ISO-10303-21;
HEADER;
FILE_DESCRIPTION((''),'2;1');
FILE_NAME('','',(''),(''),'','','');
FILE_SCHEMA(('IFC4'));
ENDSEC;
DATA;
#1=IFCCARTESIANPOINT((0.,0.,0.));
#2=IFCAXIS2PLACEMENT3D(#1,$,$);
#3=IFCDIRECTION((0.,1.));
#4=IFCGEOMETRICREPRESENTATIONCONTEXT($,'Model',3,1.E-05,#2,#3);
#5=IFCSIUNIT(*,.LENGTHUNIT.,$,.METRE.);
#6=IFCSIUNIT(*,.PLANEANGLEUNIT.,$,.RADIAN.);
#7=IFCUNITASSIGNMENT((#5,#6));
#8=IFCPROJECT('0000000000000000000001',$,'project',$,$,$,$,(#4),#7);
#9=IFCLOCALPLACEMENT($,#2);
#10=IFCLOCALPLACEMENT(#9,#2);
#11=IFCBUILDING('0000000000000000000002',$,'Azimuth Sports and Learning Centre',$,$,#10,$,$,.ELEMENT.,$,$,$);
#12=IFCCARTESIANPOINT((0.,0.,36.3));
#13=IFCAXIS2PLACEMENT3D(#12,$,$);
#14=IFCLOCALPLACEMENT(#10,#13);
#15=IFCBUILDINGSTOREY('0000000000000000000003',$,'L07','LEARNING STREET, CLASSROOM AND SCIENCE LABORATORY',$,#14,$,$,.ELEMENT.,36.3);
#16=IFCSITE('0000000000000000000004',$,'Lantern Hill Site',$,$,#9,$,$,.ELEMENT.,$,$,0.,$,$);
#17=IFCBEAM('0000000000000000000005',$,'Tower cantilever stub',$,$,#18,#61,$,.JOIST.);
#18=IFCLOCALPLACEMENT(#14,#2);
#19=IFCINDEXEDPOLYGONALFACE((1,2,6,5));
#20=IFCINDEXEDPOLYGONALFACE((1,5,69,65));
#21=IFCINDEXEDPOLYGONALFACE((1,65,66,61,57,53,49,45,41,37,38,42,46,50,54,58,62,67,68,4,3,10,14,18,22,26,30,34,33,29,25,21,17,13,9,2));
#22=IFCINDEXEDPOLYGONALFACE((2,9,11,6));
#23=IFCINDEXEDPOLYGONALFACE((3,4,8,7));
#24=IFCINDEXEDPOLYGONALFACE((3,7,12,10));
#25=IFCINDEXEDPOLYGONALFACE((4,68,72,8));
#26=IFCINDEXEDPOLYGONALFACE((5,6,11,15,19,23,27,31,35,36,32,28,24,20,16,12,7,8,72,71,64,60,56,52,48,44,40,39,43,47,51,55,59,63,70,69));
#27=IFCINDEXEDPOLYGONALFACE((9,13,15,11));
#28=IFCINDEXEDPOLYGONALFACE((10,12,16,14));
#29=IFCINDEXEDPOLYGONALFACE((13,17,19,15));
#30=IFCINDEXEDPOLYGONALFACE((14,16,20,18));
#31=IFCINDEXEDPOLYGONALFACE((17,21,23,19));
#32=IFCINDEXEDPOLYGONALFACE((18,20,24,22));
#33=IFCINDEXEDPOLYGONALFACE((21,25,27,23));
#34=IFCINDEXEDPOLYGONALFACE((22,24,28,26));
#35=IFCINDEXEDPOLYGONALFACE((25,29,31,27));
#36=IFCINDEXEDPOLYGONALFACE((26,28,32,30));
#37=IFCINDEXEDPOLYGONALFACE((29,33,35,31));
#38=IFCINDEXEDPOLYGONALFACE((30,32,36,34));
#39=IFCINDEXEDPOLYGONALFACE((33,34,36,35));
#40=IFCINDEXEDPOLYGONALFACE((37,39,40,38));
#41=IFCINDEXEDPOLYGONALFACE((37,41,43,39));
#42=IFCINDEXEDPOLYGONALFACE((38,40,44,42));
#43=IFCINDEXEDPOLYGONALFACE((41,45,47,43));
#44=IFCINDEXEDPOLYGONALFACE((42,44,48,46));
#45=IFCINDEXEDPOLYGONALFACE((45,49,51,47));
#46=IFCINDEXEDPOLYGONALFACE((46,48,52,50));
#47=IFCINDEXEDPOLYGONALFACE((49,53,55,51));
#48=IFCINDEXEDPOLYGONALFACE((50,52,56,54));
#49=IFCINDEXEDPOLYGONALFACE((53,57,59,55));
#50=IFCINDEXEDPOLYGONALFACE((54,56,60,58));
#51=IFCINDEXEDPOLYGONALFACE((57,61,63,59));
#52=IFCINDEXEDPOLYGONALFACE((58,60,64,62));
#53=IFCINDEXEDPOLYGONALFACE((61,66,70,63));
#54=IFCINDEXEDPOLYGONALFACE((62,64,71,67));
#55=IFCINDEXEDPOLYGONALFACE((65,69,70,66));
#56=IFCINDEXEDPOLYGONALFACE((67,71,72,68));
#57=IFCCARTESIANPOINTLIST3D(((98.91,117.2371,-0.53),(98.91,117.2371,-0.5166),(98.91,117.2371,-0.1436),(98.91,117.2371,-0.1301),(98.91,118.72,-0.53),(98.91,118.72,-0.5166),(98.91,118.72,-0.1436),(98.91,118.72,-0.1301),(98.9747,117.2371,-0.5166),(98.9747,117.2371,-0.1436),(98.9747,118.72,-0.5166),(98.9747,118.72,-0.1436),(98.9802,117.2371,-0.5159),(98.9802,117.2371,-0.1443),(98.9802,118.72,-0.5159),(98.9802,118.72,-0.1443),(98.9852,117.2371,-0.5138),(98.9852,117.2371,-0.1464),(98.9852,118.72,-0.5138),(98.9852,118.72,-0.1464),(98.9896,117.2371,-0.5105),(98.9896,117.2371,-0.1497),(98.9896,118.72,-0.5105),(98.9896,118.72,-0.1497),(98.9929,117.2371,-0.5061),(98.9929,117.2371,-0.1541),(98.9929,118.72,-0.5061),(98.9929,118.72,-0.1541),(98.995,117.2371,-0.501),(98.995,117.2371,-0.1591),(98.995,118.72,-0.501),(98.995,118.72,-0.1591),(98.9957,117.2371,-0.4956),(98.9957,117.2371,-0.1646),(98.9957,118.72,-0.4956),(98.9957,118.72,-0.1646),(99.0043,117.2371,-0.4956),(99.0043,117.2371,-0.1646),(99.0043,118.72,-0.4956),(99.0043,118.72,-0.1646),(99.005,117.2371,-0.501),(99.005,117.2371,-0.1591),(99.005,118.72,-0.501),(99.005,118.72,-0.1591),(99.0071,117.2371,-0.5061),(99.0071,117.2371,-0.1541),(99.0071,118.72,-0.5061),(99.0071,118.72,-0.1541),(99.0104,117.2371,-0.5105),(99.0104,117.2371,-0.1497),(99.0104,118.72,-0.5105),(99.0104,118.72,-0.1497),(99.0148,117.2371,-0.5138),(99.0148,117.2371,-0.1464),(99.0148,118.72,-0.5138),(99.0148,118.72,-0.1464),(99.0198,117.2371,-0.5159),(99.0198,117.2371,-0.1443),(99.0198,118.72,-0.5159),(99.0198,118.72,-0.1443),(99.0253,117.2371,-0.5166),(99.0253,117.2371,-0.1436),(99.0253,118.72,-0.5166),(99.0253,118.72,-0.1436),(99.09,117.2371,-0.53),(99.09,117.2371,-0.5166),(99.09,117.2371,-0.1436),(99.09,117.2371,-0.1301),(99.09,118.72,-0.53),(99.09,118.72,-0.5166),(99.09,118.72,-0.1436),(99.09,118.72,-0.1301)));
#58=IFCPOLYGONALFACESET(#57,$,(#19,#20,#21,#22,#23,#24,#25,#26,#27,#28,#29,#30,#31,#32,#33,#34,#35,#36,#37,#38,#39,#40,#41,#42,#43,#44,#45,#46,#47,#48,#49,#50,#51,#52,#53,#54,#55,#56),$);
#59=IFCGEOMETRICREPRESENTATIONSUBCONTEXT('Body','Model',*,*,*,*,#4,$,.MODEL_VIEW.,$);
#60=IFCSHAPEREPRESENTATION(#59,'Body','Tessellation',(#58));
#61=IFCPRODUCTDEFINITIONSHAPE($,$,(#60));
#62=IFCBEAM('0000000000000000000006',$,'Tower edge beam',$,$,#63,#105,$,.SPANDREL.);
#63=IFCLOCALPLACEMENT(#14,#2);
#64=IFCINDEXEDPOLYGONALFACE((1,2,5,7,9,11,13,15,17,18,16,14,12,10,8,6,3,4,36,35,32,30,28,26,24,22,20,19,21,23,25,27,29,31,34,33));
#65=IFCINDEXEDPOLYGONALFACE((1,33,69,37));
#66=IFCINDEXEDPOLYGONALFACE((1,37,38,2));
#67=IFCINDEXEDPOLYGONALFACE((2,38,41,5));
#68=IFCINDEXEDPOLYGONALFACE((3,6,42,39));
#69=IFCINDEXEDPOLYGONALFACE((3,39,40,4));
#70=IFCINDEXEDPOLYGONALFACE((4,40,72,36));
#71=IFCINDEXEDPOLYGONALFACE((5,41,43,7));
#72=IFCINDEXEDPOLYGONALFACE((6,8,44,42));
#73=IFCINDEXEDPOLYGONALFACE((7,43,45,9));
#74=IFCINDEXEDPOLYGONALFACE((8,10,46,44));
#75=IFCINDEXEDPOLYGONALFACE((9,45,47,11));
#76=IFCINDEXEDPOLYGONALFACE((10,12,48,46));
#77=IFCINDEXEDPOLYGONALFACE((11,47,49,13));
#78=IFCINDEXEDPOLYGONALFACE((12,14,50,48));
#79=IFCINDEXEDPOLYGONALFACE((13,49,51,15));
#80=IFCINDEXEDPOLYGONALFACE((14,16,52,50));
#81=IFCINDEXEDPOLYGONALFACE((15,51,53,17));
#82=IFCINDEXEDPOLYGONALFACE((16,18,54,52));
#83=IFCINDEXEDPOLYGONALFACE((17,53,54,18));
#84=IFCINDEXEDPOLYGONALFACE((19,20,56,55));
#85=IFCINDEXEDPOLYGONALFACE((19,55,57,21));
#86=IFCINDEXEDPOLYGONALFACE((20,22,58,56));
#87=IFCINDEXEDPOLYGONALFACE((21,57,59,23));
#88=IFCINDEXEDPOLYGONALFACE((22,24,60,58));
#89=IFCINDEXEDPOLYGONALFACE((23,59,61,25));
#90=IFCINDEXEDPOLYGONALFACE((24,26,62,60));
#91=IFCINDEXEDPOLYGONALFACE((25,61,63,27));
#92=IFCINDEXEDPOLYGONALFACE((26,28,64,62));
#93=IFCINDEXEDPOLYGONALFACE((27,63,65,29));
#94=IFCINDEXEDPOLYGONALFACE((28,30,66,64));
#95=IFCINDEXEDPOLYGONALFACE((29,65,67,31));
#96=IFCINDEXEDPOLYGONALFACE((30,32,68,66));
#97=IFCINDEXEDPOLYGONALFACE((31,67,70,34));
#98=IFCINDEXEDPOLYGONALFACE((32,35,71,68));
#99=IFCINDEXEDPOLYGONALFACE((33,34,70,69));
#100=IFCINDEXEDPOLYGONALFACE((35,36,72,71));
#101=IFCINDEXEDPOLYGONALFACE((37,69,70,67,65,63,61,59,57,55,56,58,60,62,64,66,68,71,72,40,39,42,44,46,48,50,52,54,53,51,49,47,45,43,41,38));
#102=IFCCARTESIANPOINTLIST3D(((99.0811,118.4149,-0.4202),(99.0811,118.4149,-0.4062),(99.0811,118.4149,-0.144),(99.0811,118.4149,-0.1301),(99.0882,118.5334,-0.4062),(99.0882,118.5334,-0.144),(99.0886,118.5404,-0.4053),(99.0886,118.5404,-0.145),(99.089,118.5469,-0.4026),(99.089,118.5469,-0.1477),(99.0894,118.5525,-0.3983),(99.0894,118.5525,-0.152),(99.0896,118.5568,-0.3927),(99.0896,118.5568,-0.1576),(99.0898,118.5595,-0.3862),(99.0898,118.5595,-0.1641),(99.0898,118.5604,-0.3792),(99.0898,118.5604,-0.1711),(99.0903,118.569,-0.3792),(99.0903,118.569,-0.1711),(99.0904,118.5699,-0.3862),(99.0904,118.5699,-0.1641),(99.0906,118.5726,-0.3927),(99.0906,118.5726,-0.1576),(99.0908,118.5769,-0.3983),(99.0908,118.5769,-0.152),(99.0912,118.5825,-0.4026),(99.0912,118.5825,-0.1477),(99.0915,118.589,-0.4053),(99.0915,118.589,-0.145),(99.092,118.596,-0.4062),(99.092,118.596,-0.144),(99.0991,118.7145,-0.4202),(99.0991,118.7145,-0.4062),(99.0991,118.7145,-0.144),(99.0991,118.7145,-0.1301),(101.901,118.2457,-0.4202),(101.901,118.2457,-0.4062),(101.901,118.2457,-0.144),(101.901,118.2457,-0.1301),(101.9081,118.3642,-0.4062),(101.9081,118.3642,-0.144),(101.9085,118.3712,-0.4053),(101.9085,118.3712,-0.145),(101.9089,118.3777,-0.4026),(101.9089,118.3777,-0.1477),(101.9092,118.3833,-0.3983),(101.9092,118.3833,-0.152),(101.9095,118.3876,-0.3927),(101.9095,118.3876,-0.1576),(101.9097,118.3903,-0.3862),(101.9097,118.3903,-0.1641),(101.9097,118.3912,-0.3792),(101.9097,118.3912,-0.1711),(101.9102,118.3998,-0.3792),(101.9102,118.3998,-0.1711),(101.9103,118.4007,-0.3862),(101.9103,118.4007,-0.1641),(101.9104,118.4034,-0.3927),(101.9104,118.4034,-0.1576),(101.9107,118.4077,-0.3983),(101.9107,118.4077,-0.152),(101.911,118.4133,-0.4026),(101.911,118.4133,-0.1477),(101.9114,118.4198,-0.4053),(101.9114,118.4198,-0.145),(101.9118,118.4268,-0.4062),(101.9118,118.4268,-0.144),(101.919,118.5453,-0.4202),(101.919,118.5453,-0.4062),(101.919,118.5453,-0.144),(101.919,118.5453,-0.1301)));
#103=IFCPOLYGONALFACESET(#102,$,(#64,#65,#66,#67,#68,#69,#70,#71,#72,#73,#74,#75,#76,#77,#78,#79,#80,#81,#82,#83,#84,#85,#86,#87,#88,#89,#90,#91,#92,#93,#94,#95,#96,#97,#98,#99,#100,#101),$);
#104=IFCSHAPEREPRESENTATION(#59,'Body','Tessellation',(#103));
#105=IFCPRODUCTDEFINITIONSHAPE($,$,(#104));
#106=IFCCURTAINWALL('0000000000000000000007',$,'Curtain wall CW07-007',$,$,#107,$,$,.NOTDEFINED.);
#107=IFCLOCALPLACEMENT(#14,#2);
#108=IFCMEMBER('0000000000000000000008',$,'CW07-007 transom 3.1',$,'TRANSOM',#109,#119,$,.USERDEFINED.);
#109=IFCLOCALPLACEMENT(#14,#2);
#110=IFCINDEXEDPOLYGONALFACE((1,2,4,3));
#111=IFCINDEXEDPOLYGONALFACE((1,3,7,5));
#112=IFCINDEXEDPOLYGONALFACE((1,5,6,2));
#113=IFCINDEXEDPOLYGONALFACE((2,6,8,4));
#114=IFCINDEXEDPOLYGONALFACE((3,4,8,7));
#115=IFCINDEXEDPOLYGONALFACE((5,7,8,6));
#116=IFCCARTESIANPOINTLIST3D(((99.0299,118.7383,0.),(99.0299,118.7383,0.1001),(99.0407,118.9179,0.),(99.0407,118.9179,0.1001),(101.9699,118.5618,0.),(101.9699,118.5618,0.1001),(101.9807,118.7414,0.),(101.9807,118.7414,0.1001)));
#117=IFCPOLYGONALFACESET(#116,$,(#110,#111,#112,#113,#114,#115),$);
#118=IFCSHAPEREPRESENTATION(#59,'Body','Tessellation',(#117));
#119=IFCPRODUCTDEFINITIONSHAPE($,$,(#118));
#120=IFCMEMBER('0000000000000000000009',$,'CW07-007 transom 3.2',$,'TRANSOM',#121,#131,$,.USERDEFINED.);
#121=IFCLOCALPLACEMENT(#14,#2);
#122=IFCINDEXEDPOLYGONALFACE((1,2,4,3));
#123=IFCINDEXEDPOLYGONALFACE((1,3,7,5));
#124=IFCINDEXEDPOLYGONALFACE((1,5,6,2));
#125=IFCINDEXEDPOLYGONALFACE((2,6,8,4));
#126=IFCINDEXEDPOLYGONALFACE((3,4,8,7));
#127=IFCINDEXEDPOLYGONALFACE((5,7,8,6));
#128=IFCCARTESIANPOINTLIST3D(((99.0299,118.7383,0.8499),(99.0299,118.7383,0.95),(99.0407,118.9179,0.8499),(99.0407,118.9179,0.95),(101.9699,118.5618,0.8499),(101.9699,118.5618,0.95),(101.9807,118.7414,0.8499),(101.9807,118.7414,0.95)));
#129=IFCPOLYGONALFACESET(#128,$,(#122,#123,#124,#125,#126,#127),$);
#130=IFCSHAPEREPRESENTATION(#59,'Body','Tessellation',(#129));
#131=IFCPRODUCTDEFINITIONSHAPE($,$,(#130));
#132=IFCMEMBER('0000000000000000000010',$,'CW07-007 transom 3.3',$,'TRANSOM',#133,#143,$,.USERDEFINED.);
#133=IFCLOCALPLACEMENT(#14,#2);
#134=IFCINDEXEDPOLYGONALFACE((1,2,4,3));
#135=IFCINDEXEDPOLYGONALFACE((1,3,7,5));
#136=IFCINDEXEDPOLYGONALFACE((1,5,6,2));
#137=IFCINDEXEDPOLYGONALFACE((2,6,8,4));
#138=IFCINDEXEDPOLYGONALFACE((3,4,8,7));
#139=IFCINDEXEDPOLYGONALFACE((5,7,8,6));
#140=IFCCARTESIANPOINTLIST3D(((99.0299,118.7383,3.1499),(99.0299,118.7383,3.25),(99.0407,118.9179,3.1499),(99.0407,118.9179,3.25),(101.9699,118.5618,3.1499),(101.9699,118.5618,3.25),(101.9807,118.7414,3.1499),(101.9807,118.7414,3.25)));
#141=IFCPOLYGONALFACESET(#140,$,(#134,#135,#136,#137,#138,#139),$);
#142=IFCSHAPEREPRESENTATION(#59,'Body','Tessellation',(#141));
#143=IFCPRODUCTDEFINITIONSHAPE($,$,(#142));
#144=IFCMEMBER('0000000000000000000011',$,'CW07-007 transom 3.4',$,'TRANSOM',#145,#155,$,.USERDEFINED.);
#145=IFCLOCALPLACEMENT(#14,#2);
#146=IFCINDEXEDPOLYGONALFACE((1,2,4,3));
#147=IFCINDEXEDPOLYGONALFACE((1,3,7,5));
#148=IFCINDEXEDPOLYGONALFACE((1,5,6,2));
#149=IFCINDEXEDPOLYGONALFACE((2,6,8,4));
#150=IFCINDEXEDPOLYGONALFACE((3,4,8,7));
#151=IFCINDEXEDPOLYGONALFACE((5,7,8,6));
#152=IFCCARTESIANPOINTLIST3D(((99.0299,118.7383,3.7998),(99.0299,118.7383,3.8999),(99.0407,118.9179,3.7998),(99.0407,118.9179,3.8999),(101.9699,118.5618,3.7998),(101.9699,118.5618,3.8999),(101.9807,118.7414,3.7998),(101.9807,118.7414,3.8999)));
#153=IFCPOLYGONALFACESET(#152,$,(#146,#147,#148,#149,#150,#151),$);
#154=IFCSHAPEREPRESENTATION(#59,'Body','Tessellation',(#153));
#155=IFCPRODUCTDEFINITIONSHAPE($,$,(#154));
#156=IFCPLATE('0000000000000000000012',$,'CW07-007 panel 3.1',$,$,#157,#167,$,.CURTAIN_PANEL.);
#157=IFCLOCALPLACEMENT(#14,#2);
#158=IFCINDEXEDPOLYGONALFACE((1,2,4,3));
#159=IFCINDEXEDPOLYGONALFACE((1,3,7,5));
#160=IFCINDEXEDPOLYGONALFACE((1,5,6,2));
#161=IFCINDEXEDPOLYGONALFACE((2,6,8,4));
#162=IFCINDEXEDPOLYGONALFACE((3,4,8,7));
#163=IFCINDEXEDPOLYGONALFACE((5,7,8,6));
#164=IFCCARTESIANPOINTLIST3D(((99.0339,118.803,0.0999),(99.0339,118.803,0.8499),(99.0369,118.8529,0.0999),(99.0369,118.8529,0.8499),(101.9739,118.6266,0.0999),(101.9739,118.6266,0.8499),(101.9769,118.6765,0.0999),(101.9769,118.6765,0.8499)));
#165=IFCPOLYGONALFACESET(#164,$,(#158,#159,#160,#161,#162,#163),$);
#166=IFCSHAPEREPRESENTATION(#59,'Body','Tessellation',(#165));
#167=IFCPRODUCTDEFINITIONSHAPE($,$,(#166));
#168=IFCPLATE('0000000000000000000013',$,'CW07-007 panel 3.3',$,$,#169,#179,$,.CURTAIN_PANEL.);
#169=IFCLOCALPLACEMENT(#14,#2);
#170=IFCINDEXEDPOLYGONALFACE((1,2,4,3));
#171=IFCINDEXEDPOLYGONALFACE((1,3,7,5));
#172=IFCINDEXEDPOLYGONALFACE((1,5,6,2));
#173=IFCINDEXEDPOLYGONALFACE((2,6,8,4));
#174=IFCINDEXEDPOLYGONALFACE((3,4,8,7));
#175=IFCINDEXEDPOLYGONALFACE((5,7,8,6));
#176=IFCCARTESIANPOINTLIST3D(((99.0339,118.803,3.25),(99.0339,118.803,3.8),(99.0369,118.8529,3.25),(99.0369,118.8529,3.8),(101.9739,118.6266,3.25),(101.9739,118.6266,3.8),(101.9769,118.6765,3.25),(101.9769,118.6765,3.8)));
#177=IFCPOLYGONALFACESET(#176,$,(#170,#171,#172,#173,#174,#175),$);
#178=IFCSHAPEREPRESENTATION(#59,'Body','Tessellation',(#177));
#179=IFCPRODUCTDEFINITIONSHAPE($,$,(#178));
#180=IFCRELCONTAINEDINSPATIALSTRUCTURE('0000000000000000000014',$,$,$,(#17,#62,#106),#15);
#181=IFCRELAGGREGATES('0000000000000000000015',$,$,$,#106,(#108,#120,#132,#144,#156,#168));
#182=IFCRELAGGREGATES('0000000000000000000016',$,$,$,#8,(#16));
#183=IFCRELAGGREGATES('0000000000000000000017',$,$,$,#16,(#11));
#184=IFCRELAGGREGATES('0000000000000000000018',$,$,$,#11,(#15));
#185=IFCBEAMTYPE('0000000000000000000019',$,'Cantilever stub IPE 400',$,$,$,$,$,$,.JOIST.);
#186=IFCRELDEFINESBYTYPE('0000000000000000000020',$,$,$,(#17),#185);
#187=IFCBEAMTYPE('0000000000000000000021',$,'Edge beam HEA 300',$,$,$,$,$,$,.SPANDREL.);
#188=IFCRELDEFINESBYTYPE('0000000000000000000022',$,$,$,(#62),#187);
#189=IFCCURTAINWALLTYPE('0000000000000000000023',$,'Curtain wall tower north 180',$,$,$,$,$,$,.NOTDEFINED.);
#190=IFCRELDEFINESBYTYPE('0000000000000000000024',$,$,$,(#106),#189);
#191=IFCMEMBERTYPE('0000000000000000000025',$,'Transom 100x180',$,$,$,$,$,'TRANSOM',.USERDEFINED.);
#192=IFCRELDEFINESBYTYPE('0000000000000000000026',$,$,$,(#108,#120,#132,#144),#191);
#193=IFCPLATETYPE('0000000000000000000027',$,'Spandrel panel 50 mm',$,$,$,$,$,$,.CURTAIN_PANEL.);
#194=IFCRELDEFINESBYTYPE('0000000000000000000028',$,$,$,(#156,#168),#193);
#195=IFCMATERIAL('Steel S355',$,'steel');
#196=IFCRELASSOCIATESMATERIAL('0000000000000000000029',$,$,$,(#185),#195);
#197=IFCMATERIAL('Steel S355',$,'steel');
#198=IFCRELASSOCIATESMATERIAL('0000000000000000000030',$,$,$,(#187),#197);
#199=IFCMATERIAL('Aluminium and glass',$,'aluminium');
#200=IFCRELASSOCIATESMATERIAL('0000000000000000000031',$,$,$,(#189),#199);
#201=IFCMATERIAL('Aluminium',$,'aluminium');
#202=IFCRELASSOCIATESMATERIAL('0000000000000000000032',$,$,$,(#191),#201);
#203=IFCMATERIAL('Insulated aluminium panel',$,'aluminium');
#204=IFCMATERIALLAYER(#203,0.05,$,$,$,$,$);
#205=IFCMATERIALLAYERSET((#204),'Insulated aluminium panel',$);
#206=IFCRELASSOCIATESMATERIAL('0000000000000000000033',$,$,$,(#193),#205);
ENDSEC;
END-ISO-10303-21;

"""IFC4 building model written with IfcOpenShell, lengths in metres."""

from ifc_helpers import new_model, si_unit, direction, frame, origin, origin_2d, place, context, subcontext, project, spatial, rectangle, i_section, extrude, material, layer, layer_set, material_profile, profile_set, type_object, element, aggregate, save


model = new_model("IFC4")

# Units and contexts
model_context = context("Model", 3, precision=1e-05, world=origin(), true_north=direction((0.0, 1.0)))
body_context = subcontext(model_context, "Body", "Model", "MODEL_VIEW")
ifc_project = project(units=[si_unit("LENGTHUNIT", "METRE"), si_unit("PLANEANGLEUNIT", "RADIAN")], contexts=[model_context])

# Site, building, storey
site_placement = place(None, origin())
site = spatial("IfcSite", under=ifc_project, at=site_placement, Name="Lantern Hill Site", CompositionType="ELEMENT", RefElevation=0.0)
building_placement = place(site_placement, origin())
building = spatial("IfcBuilding", under=site, at=building_placement, Name="Azimuth Sports and Learning Centre", CompositionType="ELEMENT")
storey_placement = place(building_placement, frame((0.0, 0.0, 36.3)))
storey = spatial("IfcBuildingStorey", under=building, at=storey_placement, Name="L07", Description="LEARNING STREET, CLASSROOM AND SCIENCE LABORATORY", CompositionType="ELEMENT", Elevation=36.3)

# Beams
ifc_material_1 = material(Name="Steel S355", Category="steel")
ifc_material_profile_1 = material_profile(ifc_material_1, i_section(OverallWidth=0.1799, OverallDepth=0.3999, WebThickness=0.0085, FlangeThickness=0.0134, FilletRadius=0.021, at=origin_2d()), Name="IPE 400")
ifc_profile_set_1 = profile_set([ifc_material_profile_1], Name="Steel S355")
beam_type_1 = type_object("IfcBeamType", Name="Cantilever stub IPE 400", PredefinedType="JOIST", material=ifc_profile_set_1)
beam_1_placement = place(storey_placement, frame((99.0, 117.2371, -0.3301), z_axis=(0.0, 1.0, 0.0), x_axis=(-1.0, 0.0, 0.0)))
element("IfcBeam", 1, at=beam_1_placement, inside=storey, type_object=beam_type_1, Name="Tower cantilever stub", PredefinedType="JOIST", context=body_context, shape_type="SweptSolid", body=[
    extrude(i_section(OverallWidth=0.1799, OverallDepth=0.3999, WebThickness=0.0085, FlangeThickness=0.0134, FilletRadius=0.021, at=origin_2d()), origin(), (0.0, 0.0, 1.0), 1.4829),
])
ifc_material_2 = material(Name="Steel S355", Category="steel")
ifc_material_profile_2 = material_profile(ifc_material_2, i_section(OverallWidth=0.3, OverallDepth=0.29, WebThickness=0.0085, FlangeThickness=0.0139, FilletRadius=0.0271, at=origin_2d()), Name="HEA 300")
ifc_profile_set_2 = profile_set([ifc_material_profile_2], Name="Steel S355")
beam_type_2 = type_object("IfcBeamType", Name="Edge beam HEA 300", PredefinedType="SPANDREL", material=ifc_profile_set_2)
beam_2_placement = place(storey_placement, frame((99.0901, 118.5647, -0.2751), z_axis=(0.998205, -0.059892, 0.0), x_axis=(0.059892, 0.998205, 0.0)))
element("IfcBeam", 2, at=beam_2_placement, inside=storey, type_object=beam_type_2, Name="Tower edge beam", PredefinedType="SPANDREL", context=body_context, shape_type="SweptSolid", body=[
    extrude(i_section(OverallWidth=0.3, OverallDepth=0.29, WebThickness=0.0085, FlangeThickness=0.0139, FilletRadius=0.0271, at=origin_2d()), origin(), (0.0, 0.0, 1.0), 2.825),
])

# Curtain wall, members, plates
ifc_material_3 = material(Name="Aluminium and glass", Category="aluminium")
curtain_wall_type = type_object("IfcCurtainWallType", Name="Curtain wall tower north 180", PredefinedType="NOTDEFINED", material=ifc_material_3)
curtain_wall_placement = place(storey_placement, origin())
curtain_wall = element("IfcCurtainWall", 3, at=curtain_wall_placement, inside=storey, type_object=curtain_wall_type, Name="Curtain wall CW07-007", PredefinedType="NOTDEFINED")
ifc_material_4 = material(Name="Aluminium", Category="aluminium")
ifc_material_profile_3 = material_profile(ifc_material_4, rectangle(XDim=0.1799, YDim=0.1001, at=origin_2d()), Name="Transom 100x180")
ifc_profile_set_3 = profile_set([ifc_material_profile_3], Name="Aluminium")
member_type = type_object("IfcMemberType", Name="Transom 100x180", ElementType="TRANSOM", PredefinedType="USERDEFINED", material=ifc_profile_set_3)
member_1_placement = place(storey_placement, frame((101.9753, 118.6516, 0.05), z_axis=(-0.998202, 0.059932, 0.0), x_axis=(-0.059932, -0.998202, 0.0)))
member_1 = element("IfcMember", 4, at=member_1_placement, type_object=member_type, Name="CW07-007 transom 3.1", ObjectType="TRANSOM", PredefinedType="USERDEFINED", context=body_context, shape_type="SweptSolid", body=[
    extrude(rectangle(XDim=0.1799, YDim=0.1001, at=origin_2d()), origin(), (0.0, 0.0, 1.0), 2.9453),
])
member_2_placement = place(storey_placement, frame((101.9753, 118.6516, 0.8999), z_axis=(-0.998202, 0.059932, 0.0), x_axis=(-0.059932, -0.998202, 0.0)))
member_2 = element("IfcMember", 5, at=member_2_placement, type_object=member_type, Name="CW07-007 transom 3.2", ObjectType="TRANSOM", PredefinedType="USERDEFINED", context=body_context, shape_type="SweptSolid", body=[
    extrude(rectangle(XDim=0.1799, YDim=0.1001, at=origin_2d()), origin(), (0.0, 0.0, 1.0), 2.9453),
])
member_3_placement = place(storey_placement, frame((101.9753, 118.6516, 3.2), z_axis=(-0.998202, 0.059932, 0.0), x_axis=(-0.059932, -0.998202, 0.0)))
member_3 = element("IfcMember", 6, at=member_3_placement, type_object=member_type, Name="CW07-007 transom 3.3", ObjectType="TRANSOM", PredefinedType="USERDEFINED", context=body_context, shape_type="SweptSolid", body=[
    extrude(rectangle(XDim=0.1799, YDim=0.1001, at=origin_2d()), origin(), (0.0, 0.0, 1.0), 2.9453),
])
member_4_placement = place(storey_placement, frame((101.9753, 118.6516, 3.8499), z_axis=(-0.998202, 0.059932, 0.0), x_axis=(-0.059932, -0.998202, 0.0)))
member_4 = element("IfcMember", 7, at=member_4_placement, type_object=member_type, Name="CW07-007 transom 3.4", ObjectType="TRANSOM", PredefinedType="USERDEFINED", context=body_context, shape_type="SweptSolid", body=[
    extrude(rectangle(XDim=0.1799, YDim=0.1001, at=origin_2d()), origin(), (0.0, 0.0, 1.0), 2.9453),
])
ifc_material_5 = material(Name="Insulated aluminium panel", Category="aluminium")
ifc_layer_1 = layer(ifc_material_5, 0.05)
ifc_layer_set_1 = layer_set([ifc_layer_1], Name="Insulated aluminium panel")
plate_type_1 = type_object("IfcPlateType", Name="Spandrel panel 50 mm", PredefinedType="CURTAIN_PANEL", material=ifc_layer_set_1)
plate_1_placement = place(storey_placement, frame((100.5054, 118.7397, 0.0999), z_axis=(0.0, 0.0, 1.0), x_axis=(-0.998205, 0.059892, 0.0)))
plate_1 = element("IfcPlate", 8, at=plate_1_placement, type_object=plate_type_1, Name="CW07-007 panel 3.1", PredefinedType="CURTAIN_PANEL", context=body_context, shape_type="SweptSolid", body=[
    extrude(rectangle(XDim=2.9453, YDim=0.05, at=origin_2d()), origin(), (0.0, 0.0, 1.0), 0.75),
])
plate_2_placement = place(storey_placement, frame((100.5054, 118.7397, 3.25), z_axis=(0.0, 0.0, 1.0), x_axis=(-0.998205, 0.059892, 0.0)))
plate_2 = element("IfcPlate", 9, at=plate_2_placement, type_object=plate_type_1, Name="CW07-007 panel 3.3", PredefinedType="CURTAIN_PANEL", context=body_context, shape_type="SweptSolid", body=[
    extrude(rectangle(XDim=2.9453, YDim=0.05, at=origin_2d()), origin(), (0.0, 0.0, 1.0), 0.55),
])
aggregate(curtain_wall, [member_1, member_2, member_3, member_4, plate_1, plate_2])

save(model, "model.ifc")
